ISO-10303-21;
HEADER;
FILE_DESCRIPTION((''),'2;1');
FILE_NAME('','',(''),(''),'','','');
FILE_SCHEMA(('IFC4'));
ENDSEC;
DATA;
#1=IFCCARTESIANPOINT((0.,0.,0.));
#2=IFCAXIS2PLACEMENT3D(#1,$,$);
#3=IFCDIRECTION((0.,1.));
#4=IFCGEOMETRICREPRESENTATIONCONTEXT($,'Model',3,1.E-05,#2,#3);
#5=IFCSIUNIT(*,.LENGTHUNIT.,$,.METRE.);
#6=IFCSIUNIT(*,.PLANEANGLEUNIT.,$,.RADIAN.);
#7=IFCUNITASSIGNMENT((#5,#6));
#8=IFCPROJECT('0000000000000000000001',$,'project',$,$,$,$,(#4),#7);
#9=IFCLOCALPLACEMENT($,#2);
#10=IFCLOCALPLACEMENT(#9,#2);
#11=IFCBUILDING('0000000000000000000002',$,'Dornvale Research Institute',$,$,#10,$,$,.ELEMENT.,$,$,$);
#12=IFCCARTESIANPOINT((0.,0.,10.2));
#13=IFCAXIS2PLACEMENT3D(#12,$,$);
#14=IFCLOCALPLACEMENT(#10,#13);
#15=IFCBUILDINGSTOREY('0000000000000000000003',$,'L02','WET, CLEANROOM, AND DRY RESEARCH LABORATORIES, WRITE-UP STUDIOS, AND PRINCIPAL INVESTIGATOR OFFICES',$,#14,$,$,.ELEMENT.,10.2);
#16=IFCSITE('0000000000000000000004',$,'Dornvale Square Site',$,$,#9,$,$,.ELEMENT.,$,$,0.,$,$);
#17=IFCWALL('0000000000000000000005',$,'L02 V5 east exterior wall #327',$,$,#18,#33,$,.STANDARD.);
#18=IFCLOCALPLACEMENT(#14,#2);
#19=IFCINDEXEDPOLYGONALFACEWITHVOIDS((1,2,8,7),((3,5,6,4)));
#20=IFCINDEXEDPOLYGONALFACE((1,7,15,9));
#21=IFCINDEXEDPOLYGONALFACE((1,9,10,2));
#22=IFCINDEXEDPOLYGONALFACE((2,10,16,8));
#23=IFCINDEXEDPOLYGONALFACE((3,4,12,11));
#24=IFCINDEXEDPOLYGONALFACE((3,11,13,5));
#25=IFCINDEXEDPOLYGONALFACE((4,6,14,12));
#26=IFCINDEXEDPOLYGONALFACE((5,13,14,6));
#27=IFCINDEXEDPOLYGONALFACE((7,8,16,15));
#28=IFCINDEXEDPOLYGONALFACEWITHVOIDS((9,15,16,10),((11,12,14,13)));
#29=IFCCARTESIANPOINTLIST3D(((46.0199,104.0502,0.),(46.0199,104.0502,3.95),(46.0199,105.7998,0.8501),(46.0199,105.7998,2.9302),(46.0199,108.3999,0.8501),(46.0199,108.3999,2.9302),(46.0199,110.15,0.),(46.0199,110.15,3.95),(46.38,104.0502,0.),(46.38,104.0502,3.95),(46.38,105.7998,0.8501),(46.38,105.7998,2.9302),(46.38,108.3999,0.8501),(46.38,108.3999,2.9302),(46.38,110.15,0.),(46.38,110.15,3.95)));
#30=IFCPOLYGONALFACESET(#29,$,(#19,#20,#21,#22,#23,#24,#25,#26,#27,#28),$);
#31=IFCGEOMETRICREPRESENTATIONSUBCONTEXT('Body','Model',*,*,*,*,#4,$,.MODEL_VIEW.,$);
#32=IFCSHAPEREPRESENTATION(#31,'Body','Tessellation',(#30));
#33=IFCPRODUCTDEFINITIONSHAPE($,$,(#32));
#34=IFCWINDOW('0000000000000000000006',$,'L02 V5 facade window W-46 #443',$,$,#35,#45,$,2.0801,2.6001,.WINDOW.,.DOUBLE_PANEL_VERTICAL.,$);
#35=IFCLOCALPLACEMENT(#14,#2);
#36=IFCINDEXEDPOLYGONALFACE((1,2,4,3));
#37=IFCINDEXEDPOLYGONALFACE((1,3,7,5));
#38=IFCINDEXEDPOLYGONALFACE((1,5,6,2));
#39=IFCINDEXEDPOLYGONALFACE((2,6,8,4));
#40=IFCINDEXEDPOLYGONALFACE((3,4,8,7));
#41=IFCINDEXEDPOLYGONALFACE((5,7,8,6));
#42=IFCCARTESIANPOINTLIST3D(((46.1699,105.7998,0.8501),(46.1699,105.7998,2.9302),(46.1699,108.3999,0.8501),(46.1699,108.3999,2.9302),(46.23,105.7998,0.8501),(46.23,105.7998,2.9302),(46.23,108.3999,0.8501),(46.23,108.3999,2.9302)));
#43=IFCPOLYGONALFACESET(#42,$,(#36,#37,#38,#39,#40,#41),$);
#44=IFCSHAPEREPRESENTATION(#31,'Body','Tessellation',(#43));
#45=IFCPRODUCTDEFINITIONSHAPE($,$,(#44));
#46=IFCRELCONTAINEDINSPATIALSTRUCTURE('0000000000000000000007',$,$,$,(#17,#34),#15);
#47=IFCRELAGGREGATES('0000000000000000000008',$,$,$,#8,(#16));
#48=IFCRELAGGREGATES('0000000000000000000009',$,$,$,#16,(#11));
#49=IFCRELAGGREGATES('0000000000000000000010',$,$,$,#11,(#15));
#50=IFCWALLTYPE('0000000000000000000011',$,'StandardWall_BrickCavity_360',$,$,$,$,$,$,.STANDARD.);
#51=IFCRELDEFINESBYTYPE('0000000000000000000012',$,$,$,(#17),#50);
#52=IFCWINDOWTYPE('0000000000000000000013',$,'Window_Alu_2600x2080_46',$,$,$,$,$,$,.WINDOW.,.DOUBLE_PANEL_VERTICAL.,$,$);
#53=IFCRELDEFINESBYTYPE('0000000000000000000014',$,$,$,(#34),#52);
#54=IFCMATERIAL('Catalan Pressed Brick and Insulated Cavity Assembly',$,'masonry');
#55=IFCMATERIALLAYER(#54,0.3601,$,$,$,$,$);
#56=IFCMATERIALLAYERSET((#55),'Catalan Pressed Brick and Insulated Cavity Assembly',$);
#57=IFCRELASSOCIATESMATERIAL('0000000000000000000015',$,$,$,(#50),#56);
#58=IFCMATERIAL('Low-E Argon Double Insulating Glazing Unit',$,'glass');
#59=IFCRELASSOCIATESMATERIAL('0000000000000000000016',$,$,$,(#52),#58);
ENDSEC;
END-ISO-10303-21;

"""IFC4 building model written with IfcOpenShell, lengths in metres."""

from ifc_helpers import new_model, si_unit, direction, frame, frame_2d, origin, place, context, subcontext, project, spatial, rectangle, extrude, material, layer, layer_set, type_object, element, fill, save


model = new_model("IFC4")

# Units and contexts
model_context = context("Model", 3, precision=1e-05, world=origin(), true_north=direction((0.0, 1.0)))
body_context = subcontext(model_context, "Body", "Model", "MODEL_VIEW")
ifc_project = project(units=[si_unit("LENGTHUNIT", "METRE"), si_unit("PLANEANGLEUNIT", "RADIAN")], contexts=[model_context])

# Site, building, storey
site_placement = place(None, origin())
site = spatial("IfcSite", under=ifc_project, at=site_placement, Name="Dornvale Square Site", CompositionType="ELEMENT", RefElevation=0.0)
building_placement = place(site_placement, origin())
building = spatial("IfcBuilding", under=site, at=building_placement, Name="Dornvale Research Institute", CompositionType="ELEMENT")
storey_placement = place(building_placement, frame((0.0, 0.0, 10.2)))
storey = spatial("IfcBuildingStorey", under=building, at=storey_placement, Name="L02", Description="WET, CLEANROOM, AND DRY RESEARCH LABORATORIES, WRITE-UP STUDIOS, AND PRINCIPAL INVESTIGATOR OFFICES", CompositionType="ELEMENT", Elevation=10.2)

# Wall, opening, window
ifc_material_1 = material(Name="Catalan Pressed Brick and Insulated Cavity Assembly", Category="masonry")
ifc_layer_1 = layer(ifc_material_1, 0.3601)
ifc_layer_set_1 = layer_set([ifc_layer_1], Name="Catalan Pressed Brick and Insulated Cavity Assembly")
wall_type = type_object("IfcWallType", Name="StandardWall_BrickCavity_360", PredefinedType="STANDARD", material=ifc_layer_set_1)
wall_placement = place(storey_placement, frame((46.2, 110.1499, 0.0), z_axis=(0.0, 0.0, 1.0), x_axis=(0.0, -1.0, 0.0)))
wall = element("IfcWall", 1, at=wall_placement, inside=storey, type_object=wall_type, Name="L02 V5 east exterior wall #327", PredefinedType="STANDARD", context=body_context, shape_type="SweptSolid", body=[
    extrude(rectangle(XDim=6.0999, YDim=0.3601, at=frame_2d((3.0498, 0.0))), origin(), (0.0, 0.0, 1.0), 3.95),
])
opening_placement = place(wall_placement, frame((1.75, 0.0, 0.8501)))
opening = element("IfcOpeningElement", 2, at=opening_placement, cuts=wall, PredefinedType="OPENING", context=body_context, shape_type="SweptSolid", body=[
    extrude(rectangle(XDim=2.6001, YDim=2.0801, at=frame_2d((1.3, 1.04))), frame((0.0, 0.1951, 0.0), z_axis=(0.0, -1.0, 0.0), x_axis=(1.0, 0.0, 0.0)), (0.0, 0.0, 1.0), 0.3901),
])
ifc_material_2 = material(Name="Low-E Argon Double Insulating Glazing Unit", Category="glass")
window_type = type_object("IfcWindowType", Name="Window_Alu_2600x2080_46", PartitioningType="DOUBLE_PANEL_VERTICAL", PredefinedType="WINDOW", material=ifc_material_2)
window_placement = place(opening_placement, origin())
window = element("IfcWindow", 3, at=window_placement, inside=storey, type_object=window_type, Name="L02 V5 facade window W-46 #443", OverallHeight=2.0801, OverallWidth=2.6001, PartitioningType="DOUBLE_PANEL_VERTICAL", PredefinedType="WINDOW", context=body_context, shape_type="SweptSolid", body=[
    extrude(rectangle(XDim=2.6001, YDim=2.0801, at=frame_2d((1.3, 1.04))), frame((0.0, 0.03, 0.0), z_axis=(0.0, -1.0, 0.0), x_axis=(1.0, 0.0, 0.0)), (0.0, 0.0, 1.0), 0.0601),
])
fill(opening, window)

save(model, "model.ifc")
